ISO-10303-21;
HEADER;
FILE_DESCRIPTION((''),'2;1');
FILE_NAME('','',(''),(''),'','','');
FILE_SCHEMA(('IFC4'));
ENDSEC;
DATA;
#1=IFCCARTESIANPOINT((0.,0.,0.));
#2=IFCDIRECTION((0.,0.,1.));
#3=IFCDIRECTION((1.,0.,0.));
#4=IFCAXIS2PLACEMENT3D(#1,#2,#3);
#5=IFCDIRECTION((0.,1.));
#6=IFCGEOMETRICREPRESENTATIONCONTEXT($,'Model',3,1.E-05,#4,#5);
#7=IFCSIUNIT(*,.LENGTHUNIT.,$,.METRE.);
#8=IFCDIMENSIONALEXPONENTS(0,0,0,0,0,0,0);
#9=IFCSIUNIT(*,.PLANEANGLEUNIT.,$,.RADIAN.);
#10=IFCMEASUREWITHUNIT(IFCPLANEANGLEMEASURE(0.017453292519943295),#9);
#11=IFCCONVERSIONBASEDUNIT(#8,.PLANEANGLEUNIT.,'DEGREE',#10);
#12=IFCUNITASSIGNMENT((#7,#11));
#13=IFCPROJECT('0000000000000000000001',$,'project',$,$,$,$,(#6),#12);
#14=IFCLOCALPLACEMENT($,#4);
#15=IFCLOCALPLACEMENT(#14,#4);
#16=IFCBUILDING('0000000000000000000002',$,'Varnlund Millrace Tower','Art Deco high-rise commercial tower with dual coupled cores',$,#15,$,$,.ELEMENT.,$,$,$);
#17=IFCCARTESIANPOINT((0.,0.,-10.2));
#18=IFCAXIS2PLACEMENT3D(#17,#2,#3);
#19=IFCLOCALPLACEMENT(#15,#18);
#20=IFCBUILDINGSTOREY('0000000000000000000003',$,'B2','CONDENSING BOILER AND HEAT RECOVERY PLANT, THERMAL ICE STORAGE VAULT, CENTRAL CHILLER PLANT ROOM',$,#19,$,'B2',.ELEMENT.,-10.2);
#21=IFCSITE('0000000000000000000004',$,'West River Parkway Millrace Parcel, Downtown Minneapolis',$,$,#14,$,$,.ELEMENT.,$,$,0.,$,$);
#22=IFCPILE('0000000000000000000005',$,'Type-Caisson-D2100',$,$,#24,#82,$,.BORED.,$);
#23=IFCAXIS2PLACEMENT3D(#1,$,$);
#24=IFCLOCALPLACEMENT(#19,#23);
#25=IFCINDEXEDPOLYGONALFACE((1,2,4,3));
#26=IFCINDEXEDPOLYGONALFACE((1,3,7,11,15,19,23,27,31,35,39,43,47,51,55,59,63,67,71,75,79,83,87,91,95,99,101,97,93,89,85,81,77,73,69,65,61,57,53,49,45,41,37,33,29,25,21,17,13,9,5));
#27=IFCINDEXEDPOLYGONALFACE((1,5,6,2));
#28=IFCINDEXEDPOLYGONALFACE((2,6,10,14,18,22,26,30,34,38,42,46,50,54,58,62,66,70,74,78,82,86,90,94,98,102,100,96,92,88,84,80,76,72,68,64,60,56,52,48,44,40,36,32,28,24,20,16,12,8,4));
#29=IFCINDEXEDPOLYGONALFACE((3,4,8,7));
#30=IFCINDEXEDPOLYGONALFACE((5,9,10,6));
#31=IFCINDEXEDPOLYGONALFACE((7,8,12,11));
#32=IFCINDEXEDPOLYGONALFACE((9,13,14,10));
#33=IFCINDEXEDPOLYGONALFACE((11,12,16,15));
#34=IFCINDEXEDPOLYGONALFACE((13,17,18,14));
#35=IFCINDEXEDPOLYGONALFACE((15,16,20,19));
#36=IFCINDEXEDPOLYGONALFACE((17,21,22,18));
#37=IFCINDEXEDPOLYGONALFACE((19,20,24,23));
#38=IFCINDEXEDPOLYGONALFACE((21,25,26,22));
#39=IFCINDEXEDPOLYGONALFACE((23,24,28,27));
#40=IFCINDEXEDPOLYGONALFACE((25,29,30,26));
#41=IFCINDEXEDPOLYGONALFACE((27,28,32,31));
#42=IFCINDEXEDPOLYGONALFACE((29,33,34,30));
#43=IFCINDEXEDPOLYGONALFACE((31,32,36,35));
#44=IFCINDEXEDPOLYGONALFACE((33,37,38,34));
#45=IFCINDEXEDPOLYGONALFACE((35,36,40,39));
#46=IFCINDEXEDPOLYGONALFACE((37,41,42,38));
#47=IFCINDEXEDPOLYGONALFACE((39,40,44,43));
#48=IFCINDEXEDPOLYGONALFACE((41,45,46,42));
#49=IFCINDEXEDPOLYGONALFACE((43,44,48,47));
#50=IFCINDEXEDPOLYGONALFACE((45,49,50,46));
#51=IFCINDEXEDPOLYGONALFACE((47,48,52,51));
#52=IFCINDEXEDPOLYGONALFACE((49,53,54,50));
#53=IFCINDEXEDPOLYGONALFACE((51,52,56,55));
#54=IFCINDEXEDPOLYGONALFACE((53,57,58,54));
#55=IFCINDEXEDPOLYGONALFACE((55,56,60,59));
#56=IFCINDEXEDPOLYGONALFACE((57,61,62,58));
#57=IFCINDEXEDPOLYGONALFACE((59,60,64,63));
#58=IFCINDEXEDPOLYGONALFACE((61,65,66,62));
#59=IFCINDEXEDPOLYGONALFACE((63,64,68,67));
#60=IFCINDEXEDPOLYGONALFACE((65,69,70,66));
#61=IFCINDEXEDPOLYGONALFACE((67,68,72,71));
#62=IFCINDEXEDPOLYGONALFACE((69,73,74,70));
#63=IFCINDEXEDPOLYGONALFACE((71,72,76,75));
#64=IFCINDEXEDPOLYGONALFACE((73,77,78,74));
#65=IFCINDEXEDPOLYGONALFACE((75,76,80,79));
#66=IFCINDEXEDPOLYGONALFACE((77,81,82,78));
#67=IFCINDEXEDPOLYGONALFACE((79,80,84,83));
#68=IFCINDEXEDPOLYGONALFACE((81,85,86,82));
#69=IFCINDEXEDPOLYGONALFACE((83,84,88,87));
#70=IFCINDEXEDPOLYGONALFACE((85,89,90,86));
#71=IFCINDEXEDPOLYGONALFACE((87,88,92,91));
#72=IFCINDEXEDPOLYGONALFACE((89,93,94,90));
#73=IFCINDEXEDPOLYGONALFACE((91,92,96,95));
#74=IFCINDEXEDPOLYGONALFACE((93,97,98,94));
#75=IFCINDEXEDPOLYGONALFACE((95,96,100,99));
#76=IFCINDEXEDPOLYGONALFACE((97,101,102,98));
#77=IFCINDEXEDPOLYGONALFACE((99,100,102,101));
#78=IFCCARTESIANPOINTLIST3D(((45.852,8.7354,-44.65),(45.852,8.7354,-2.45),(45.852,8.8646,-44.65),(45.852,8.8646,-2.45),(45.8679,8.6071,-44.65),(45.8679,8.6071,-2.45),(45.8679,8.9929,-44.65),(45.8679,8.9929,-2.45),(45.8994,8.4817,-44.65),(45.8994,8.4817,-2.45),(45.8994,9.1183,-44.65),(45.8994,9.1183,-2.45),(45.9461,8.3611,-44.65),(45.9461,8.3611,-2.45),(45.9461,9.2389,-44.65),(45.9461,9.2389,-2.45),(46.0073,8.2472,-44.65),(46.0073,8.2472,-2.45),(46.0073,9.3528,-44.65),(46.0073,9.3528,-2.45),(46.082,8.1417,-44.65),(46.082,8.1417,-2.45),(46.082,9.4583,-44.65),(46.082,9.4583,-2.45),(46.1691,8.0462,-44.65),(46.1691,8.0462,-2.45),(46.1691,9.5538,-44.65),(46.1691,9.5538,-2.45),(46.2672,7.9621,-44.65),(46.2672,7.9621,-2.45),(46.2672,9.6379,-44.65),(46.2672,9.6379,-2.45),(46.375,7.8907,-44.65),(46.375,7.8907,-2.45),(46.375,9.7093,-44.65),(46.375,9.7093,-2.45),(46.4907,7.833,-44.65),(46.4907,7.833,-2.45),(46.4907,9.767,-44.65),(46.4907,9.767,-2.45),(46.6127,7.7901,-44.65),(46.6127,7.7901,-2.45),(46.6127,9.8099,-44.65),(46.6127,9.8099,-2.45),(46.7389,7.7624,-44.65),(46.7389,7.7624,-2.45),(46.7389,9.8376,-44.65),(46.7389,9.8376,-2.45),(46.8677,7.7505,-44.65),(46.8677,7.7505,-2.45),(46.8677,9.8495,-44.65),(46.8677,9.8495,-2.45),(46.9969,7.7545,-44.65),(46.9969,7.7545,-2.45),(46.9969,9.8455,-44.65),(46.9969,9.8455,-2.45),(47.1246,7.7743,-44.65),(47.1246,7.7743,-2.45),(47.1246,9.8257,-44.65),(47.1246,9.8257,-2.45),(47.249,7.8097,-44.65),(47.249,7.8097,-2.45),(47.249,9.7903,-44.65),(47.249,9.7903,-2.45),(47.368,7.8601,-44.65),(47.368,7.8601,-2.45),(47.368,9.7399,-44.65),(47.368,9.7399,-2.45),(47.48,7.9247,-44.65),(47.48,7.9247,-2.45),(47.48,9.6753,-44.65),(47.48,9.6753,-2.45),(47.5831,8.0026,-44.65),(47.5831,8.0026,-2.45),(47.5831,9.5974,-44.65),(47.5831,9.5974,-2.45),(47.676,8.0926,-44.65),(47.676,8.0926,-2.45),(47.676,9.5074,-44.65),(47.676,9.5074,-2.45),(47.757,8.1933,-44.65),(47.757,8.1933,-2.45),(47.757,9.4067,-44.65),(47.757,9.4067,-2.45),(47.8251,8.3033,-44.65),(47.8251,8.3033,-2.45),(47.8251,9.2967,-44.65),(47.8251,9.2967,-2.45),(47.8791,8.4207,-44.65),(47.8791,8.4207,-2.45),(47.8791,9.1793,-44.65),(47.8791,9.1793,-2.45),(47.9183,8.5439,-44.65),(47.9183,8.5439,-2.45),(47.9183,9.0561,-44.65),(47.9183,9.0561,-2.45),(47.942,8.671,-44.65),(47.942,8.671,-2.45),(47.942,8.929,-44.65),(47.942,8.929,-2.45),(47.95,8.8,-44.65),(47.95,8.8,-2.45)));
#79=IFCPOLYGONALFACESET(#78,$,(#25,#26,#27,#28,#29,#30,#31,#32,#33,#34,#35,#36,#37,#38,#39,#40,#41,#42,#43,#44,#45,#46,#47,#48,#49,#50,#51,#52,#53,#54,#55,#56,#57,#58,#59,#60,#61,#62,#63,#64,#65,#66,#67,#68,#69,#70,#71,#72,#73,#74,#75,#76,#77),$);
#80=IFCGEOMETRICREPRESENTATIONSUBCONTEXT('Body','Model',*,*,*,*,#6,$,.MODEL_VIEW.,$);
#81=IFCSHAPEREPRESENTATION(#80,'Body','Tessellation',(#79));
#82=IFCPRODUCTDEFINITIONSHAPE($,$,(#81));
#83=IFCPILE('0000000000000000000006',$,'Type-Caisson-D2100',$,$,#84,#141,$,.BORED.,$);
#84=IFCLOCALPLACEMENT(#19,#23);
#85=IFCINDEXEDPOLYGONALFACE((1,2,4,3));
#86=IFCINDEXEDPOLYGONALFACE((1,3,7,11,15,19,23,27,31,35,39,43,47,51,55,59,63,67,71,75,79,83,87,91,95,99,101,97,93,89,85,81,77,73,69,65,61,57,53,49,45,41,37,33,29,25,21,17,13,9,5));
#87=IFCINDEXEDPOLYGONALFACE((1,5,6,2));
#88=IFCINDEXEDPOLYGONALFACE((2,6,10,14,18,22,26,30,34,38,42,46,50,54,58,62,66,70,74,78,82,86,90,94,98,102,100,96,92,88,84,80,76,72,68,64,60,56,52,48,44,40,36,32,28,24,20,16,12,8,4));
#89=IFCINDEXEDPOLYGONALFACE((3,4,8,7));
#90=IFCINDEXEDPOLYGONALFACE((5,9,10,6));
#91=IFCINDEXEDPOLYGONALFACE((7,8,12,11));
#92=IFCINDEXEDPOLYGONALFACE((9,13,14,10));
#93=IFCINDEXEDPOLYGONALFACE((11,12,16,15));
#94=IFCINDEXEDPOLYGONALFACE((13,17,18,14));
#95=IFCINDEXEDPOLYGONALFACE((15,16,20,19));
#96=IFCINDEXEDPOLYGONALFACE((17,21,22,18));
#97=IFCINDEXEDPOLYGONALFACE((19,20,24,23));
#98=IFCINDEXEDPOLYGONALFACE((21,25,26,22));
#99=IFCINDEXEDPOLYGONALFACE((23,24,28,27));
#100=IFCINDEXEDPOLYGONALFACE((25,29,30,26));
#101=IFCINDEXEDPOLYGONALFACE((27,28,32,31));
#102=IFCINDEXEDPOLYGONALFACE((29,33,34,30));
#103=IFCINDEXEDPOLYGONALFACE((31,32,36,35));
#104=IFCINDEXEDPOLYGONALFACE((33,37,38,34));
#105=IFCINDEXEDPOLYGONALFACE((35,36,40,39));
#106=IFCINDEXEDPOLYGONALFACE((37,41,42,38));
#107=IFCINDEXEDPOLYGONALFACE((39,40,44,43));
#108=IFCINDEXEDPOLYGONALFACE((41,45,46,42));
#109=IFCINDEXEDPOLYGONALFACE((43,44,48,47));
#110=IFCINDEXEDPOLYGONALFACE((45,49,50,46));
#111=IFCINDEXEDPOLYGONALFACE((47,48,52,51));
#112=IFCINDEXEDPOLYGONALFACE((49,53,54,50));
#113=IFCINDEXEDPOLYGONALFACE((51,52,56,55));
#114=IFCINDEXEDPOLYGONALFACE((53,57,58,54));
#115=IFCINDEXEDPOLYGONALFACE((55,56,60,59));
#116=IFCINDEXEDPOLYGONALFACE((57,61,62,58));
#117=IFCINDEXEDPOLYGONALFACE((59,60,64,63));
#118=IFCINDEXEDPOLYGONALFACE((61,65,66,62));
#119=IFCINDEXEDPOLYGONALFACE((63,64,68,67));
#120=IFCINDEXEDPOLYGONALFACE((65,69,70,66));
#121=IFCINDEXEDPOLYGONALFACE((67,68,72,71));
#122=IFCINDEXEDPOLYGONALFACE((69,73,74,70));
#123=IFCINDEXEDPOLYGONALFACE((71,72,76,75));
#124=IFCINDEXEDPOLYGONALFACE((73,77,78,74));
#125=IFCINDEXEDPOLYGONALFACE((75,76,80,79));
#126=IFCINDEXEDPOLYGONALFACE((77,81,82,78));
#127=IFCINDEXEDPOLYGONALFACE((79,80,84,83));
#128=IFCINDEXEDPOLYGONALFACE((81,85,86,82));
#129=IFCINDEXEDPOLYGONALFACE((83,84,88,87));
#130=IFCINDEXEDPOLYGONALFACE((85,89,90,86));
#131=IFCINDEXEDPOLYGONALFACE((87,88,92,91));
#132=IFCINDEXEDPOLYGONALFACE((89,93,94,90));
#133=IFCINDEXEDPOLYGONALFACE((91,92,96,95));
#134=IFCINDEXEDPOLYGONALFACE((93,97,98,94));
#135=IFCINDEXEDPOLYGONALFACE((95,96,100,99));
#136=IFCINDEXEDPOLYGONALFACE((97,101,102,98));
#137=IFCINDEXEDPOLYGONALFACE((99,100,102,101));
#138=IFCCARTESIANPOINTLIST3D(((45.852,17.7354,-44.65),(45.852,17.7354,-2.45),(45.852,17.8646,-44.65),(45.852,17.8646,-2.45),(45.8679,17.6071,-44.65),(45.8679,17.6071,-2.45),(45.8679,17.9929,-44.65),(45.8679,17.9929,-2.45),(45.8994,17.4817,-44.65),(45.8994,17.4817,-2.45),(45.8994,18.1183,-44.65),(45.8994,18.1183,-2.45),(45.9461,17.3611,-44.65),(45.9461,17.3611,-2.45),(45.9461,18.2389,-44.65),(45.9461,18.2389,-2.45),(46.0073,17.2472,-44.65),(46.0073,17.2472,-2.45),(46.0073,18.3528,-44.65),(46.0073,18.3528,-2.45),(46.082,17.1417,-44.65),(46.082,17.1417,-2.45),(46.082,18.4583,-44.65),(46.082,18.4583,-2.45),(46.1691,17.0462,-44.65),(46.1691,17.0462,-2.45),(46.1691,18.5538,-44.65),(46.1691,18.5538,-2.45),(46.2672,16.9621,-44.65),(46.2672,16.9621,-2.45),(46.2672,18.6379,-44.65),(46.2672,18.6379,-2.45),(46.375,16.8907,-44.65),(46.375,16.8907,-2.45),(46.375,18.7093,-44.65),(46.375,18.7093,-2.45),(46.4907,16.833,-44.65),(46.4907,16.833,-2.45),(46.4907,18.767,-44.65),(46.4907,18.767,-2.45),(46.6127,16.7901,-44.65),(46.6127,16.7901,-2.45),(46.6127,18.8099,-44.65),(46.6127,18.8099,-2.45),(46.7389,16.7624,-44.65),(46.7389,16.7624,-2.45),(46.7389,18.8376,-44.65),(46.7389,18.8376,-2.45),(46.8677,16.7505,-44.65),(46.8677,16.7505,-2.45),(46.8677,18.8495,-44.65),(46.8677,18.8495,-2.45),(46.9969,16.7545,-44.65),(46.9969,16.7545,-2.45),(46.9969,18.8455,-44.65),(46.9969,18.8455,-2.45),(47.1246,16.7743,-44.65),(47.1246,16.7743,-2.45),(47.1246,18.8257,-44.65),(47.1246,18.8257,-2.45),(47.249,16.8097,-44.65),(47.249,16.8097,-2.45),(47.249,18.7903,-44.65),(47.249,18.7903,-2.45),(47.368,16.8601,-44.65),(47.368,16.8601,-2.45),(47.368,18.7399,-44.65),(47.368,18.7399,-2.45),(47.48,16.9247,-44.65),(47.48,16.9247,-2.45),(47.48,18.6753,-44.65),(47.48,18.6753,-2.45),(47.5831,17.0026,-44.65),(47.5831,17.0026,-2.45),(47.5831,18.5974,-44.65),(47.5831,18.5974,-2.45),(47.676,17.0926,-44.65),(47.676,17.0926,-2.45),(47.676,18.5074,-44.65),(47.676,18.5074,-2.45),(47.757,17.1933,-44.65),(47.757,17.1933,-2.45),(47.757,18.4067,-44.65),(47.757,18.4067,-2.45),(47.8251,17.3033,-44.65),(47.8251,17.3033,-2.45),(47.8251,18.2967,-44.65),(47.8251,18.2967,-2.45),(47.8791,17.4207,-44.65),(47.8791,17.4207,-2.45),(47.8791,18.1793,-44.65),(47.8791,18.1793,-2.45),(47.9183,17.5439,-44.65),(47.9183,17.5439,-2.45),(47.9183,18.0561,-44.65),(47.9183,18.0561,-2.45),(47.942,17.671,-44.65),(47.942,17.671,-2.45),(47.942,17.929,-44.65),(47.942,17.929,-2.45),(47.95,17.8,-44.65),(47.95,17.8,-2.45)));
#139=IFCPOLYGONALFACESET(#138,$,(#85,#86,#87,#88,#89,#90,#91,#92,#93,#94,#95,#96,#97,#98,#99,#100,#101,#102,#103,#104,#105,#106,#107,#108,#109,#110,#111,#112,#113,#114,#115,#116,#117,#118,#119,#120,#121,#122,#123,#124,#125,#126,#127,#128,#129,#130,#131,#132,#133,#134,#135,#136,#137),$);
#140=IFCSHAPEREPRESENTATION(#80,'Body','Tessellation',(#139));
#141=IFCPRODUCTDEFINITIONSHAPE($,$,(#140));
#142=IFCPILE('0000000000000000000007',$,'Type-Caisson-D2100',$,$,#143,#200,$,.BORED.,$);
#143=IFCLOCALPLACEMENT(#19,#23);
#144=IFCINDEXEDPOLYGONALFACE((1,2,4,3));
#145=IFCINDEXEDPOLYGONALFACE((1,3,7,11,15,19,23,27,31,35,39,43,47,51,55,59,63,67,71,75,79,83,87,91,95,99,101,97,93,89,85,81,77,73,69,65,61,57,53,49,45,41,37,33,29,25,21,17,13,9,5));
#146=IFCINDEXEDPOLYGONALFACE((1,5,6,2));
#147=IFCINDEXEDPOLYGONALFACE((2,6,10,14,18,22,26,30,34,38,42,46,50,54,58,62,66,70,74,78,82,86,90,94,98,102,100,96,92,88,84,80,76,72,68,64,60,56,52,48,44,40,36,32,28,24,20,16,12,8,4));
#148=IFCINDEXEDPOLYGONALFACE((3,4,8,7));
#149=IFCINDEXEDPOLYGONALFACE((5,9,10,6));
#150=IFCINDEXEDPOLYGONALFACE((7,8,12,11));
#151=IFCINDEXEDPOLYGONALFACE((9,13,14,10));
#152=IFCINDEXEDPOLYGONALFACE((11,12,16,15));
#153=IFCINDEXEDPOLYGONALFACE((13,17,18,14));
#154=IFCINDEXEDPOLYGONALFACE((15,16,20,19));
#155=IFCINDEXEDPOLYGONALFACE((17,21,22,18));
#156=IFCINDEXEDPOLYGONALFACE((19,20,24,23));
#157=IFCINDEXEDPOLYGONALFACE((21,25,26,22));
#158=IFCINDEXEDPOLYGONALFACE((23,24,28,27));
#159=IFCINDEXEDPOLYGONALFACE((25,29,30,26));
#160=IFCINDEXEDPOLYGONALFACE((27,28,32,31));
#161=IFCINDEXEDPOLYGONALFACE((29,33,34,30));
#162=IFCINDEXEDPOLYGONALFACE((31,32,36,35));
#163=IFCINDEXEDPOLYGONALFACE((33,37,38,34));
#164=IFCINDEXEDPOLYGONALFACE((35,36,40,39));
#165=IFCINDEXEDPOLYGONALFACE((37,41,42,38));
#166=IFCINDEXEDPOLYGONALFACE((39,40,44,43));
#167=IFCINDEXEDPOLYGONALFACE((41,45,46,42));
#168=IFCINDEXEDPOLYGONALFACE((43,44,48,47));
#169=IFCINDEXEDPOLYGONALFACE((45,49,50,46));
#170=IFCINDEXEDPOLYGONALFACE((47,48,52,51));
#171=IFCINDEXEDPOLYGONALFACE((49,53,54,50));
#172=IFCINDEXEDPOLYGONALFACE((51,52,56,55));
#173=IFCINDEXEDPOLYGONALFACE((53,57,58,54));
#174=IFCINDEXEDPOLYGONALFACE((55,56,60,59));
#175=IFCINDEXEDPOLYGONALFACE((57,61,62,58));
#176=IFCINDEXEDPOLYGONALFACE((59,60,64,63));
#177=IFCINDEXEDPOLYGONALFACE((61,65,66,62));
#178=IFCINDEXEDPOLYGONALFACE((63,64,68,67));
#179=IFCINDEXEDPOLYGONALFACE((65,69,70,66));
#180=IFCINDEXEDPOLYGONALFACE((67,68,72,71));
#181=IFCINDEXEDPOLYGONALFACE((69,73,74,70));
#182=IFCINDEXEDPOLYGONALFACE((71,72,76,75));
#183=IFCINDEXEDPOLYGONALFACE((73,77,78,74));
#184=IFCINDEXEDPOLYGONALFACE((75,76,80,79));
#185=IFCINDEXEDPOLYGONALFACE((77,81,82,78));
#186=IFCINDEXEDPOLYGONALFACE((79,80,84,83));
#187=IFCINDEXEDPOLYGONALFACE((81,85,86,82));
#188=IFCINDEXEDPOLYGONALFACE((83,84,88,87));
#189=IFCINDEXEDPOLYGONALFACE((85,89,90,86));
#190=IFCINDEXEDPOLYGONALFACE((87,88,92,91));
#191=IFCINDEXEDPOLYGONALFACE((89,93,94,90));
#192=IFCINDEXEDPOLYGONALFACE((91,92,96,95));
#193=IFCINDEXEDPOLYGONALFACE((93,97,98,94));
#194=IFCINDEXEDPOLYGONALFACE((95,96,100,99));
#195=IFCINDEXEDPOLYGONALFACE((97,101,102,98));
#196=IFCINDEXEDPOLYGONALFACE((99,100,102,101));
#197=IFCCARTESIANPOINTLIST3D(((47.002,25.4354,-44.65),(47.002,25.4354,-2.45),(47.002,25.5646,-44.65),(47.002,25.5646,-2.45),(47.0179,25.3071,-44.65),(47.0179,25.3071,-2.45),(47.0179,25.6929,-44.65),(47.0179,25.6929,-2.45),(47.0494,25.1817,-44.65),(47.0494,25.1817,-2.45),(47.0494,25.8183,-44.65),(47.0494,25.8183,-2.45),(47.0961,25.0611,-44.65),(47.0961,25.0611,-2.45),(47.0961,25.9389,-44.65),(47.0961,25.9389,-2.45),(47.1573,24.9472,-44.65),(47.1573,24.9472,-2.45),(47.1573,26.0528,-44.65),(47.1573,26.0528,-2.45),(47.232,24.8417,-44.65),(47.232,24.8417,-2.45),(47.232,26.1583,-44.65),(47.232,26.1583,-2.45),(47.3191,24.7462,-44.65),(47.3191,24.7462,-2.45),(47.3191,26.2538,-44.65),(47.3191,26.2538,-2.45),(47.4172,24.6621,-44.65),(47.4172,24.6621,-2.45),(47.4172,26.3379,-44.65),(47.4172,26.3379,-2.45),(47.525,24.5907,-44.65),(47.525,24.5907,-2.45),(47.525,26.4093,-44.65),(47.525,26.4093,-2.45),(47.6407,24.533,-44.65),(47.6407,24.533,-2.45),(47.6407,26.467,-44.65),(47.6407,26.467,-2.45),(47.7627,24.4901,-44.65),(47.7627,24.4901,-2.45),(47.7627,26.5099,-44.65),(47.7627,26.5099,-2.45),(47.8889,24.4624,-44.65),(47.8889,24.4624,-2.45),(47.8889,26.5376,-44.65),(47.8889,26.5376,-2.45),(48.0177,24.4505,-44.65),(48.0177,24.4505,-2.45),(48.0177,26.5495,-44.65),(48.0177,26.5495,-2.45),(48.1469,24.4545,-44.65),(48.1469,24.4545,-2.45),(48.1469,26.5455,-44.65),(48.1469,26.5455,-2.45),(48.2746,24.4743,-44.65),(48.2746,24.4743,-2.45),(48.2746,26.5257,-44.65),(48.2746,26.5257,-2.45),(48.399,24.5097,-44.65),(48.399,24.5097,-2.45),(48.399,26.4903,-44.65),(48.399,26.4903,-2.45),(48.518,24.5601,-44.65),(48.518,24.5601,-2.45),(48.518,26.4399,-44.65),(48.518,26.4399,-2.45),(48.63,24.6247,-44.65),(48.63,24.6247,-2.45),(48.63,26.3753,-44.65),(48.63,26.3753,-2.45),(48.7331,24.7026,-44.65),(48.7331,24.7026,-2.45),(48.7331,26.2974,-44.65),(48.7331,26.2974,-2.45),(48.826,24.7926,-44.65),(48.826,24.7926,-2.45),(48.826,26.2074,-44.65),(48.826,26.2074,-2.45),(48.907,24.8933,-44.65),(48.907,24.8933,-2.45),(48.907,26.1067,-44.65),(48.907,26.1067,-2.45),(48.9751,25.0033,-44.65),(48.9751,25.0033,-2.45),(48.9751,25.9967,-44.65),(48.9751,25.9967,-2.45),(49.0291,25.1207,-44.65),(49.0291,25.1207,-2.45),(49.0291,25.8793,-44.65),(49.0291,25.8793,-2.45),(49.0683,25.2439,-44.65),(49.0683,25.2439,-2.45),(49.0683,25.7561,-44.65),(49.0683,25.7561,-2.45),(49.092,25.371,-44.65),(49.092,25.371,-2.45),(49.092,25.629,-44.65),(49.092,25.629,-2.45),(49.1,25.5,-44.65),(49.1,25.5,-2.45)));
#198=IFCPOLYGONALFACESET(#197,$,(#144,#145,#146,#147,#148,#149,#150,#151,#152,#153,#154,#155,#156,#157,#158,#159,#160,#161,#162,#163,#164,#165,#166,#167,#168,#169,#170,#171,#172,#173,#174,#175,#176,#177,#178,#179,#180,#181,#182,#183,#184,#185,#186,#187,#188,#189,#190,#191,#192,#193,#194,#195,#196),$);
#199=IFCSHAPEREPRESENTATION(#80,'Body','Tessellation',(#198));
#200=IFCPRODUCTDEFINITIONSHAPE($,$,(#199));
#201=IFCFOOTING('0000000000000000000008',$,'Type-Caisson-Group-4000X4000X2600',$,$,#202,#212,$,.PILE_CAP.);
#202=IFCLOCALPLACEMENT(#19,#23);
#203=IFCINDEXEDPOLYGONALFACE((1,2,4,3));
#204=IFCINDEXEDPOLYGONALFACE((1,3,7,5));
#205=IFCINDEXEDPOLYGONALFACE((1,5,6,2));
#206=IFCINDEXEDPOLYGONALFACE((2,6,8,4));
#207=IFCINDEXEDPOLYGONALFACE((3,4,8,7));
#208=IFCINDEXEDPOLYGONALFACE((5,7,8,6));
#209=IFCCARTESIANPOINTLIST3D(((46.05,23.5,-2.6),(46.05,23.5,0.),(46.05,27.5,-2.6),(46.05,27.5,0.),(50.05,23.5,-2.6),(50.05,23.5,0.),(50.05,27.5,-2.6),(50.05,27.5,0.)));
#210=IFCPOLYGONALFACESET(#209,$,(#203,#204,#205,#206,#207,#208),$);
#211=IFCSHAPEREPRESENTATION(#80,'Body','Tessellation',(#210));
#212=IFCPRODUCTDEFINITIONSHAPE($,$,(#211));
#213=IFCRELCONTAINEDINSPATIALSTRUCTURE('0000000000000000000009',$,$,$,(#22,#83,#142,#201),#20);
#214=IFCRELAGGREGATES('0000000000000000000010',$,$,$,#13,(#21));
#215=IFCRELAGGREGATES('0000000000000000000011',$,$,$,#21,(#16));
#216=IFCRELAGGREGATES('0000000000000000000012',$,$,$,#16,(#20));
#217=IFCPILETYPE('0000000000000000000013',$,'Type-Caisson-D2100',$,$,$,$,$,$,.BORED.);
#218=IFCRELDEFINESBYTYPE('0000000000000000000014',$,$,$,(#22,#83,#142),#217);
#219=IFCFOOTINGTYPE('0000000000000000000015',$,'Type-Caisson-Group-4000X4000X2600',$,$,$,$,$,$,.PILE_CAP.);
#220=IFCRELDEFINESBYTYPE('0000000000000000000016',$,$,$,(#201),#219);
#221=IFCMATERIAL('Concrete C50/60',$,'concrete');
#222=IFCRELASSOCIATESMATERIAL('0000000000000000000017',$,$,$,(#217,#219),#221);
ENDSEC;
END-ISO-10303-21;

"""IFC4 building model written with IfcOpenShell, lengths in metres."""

from ifc_helpers import new_model, entity, si_unit, converted_unit, direction, frame, origin_with_axes, origin_2d_with_axis, place, context, subcontext, project, spatial, rectangle, circle, extrude, material, material_profile, profile_set, type_object, element, save


model = new_model("IFC4")

# Units and contexts
model_context = context("Model", 3, precision=1e-05, world=origin_with_axes(), true_north=direction((0.0, 1.0)))
body_context = subcontext(model_context, "Body", "Model", "MODEL_VIEW")
ifc_project = project(units=[si_unit("LENGTHUNIT", "METRE"), converted_unit("PLANEANGLEUNIT", "DEGREE", entity("IfcPlaneAngleMeasure", 0.017453292519943295), si_unit("PLANEANGLEUNIT", "RADIAN"), dimensions=[0, 0, 0, 0, 0, 0, 0])], contexts=[model_context])

# Site, building, storey
site_placement = place(None, origin_with_axes())
site = spatial("IfcSite", under=ifc_project, at=site_placement, Name="West River Parkway Millrace Parcel, Downtown Minneapolis", CompositionType="ELEMENT", RefElevation=0.0)
building_placement = place(site_placement, origin_with_axes())
building = spatial("IfcBuilding", under=site, at=building_placement, Name="Varnlund Millrace Tower", Description="Art Deco high-rise commercial tower with dual coupled cores", CompositionType="ELEMENT")
storey_placement = place(building_placement, frame((0.0, 0.0, -10.2), z_axis=(0.0, 0.0, 1.0), x_axis=(1.0, 0.0, 0.0)))
storey = spatial("IfcBuildingStorey", under=building, at=storey_placement, Name="B2", Description="CONDENSING BOILER AND HEAT RECOVERY PLANT, THERMAL ICE STORAGE VAULT, CENTRAL CHILLER PLANT ROOM", LongName="B2", CompositionType="ELEMENT", Elevation=-10.2)

# Piles
ifc_material = material(Name="Concrete C50/60", Category="concrete")
ifc_material_profile_1 = material_profile(ifc_material, circle(Radius=1.05, at=origin_2d_with_axis()), Name="Concrete C50/60")
ifc_profile_set_1 = profile_set([ifc_material_profile_1], Name="Concrete C50/60")
pile_type_1 = type_object("IfcPileType", Name="Type-Caisson-D2100", PredefinedType="BORED", material=ifc_profile_set_1)
for number, where, z_axis, x_axis, name in (
    (1, (46.9, 8.8, -44.65), (0.0, 0.0, 1.0), (1.0, 0.0, 0.0), "Type-Caisson-D2100"),
    (2, (46.9, 17.8, -44.65), (0.0, 0.0, 1.0), (1.0, 0.0, 0.0), "Type-Caisson-D2100"),
    (3, (48.05, 25.5, -44.65), (0.0, 0.0, 1.0), (1.0, 0.0, 0.0), "Type-Caisson-D2100"),
):
    element("IfcPile", number, at=place(storey_placement, frame(where, z_axis=z_axis, x_axis=x_axis)), inside=storey, type_object=pile_type_1, Name=name, PredefinedType="BORED", context=body_context, shape_type="SweptSolid", body=[
        extrude(circle(Radius=1.05, at=origin_2d_with_axis()), origin_with_axes(), (0.0, 0.0, 1.0), 42.2),
    ])

# Footing
footing_type_1 = type_object("IfcFootingType", Name="Type-Caisson-Group-4000X4000X2600", PredefinedType="PILE_CAP", material=ifc_material)
footing_1_placement = place(storey_placement, frame((48.05, 25.5, -2.6), z_axis=(0.0, 0.0, 1.0), x_axis=(1.0, 0.0, 0.0)))
element("IfcFooting", 4, at=footing_1_placement, inside=storey, type_object=footing_type_1, Name="Type-Caisson-Group-4000X4000X2600", PredefinedType="PILE_CAP", context=body_context, shape_type="SweptSolid", body=[
    extrude(rectangle(XDim=4.0, YDim=4.0, at=origin_2d_with_axis()), origin_with_axes(), (0.0, 0.0, 1.0), 2.6),
])

save(model, "model.ifc")
